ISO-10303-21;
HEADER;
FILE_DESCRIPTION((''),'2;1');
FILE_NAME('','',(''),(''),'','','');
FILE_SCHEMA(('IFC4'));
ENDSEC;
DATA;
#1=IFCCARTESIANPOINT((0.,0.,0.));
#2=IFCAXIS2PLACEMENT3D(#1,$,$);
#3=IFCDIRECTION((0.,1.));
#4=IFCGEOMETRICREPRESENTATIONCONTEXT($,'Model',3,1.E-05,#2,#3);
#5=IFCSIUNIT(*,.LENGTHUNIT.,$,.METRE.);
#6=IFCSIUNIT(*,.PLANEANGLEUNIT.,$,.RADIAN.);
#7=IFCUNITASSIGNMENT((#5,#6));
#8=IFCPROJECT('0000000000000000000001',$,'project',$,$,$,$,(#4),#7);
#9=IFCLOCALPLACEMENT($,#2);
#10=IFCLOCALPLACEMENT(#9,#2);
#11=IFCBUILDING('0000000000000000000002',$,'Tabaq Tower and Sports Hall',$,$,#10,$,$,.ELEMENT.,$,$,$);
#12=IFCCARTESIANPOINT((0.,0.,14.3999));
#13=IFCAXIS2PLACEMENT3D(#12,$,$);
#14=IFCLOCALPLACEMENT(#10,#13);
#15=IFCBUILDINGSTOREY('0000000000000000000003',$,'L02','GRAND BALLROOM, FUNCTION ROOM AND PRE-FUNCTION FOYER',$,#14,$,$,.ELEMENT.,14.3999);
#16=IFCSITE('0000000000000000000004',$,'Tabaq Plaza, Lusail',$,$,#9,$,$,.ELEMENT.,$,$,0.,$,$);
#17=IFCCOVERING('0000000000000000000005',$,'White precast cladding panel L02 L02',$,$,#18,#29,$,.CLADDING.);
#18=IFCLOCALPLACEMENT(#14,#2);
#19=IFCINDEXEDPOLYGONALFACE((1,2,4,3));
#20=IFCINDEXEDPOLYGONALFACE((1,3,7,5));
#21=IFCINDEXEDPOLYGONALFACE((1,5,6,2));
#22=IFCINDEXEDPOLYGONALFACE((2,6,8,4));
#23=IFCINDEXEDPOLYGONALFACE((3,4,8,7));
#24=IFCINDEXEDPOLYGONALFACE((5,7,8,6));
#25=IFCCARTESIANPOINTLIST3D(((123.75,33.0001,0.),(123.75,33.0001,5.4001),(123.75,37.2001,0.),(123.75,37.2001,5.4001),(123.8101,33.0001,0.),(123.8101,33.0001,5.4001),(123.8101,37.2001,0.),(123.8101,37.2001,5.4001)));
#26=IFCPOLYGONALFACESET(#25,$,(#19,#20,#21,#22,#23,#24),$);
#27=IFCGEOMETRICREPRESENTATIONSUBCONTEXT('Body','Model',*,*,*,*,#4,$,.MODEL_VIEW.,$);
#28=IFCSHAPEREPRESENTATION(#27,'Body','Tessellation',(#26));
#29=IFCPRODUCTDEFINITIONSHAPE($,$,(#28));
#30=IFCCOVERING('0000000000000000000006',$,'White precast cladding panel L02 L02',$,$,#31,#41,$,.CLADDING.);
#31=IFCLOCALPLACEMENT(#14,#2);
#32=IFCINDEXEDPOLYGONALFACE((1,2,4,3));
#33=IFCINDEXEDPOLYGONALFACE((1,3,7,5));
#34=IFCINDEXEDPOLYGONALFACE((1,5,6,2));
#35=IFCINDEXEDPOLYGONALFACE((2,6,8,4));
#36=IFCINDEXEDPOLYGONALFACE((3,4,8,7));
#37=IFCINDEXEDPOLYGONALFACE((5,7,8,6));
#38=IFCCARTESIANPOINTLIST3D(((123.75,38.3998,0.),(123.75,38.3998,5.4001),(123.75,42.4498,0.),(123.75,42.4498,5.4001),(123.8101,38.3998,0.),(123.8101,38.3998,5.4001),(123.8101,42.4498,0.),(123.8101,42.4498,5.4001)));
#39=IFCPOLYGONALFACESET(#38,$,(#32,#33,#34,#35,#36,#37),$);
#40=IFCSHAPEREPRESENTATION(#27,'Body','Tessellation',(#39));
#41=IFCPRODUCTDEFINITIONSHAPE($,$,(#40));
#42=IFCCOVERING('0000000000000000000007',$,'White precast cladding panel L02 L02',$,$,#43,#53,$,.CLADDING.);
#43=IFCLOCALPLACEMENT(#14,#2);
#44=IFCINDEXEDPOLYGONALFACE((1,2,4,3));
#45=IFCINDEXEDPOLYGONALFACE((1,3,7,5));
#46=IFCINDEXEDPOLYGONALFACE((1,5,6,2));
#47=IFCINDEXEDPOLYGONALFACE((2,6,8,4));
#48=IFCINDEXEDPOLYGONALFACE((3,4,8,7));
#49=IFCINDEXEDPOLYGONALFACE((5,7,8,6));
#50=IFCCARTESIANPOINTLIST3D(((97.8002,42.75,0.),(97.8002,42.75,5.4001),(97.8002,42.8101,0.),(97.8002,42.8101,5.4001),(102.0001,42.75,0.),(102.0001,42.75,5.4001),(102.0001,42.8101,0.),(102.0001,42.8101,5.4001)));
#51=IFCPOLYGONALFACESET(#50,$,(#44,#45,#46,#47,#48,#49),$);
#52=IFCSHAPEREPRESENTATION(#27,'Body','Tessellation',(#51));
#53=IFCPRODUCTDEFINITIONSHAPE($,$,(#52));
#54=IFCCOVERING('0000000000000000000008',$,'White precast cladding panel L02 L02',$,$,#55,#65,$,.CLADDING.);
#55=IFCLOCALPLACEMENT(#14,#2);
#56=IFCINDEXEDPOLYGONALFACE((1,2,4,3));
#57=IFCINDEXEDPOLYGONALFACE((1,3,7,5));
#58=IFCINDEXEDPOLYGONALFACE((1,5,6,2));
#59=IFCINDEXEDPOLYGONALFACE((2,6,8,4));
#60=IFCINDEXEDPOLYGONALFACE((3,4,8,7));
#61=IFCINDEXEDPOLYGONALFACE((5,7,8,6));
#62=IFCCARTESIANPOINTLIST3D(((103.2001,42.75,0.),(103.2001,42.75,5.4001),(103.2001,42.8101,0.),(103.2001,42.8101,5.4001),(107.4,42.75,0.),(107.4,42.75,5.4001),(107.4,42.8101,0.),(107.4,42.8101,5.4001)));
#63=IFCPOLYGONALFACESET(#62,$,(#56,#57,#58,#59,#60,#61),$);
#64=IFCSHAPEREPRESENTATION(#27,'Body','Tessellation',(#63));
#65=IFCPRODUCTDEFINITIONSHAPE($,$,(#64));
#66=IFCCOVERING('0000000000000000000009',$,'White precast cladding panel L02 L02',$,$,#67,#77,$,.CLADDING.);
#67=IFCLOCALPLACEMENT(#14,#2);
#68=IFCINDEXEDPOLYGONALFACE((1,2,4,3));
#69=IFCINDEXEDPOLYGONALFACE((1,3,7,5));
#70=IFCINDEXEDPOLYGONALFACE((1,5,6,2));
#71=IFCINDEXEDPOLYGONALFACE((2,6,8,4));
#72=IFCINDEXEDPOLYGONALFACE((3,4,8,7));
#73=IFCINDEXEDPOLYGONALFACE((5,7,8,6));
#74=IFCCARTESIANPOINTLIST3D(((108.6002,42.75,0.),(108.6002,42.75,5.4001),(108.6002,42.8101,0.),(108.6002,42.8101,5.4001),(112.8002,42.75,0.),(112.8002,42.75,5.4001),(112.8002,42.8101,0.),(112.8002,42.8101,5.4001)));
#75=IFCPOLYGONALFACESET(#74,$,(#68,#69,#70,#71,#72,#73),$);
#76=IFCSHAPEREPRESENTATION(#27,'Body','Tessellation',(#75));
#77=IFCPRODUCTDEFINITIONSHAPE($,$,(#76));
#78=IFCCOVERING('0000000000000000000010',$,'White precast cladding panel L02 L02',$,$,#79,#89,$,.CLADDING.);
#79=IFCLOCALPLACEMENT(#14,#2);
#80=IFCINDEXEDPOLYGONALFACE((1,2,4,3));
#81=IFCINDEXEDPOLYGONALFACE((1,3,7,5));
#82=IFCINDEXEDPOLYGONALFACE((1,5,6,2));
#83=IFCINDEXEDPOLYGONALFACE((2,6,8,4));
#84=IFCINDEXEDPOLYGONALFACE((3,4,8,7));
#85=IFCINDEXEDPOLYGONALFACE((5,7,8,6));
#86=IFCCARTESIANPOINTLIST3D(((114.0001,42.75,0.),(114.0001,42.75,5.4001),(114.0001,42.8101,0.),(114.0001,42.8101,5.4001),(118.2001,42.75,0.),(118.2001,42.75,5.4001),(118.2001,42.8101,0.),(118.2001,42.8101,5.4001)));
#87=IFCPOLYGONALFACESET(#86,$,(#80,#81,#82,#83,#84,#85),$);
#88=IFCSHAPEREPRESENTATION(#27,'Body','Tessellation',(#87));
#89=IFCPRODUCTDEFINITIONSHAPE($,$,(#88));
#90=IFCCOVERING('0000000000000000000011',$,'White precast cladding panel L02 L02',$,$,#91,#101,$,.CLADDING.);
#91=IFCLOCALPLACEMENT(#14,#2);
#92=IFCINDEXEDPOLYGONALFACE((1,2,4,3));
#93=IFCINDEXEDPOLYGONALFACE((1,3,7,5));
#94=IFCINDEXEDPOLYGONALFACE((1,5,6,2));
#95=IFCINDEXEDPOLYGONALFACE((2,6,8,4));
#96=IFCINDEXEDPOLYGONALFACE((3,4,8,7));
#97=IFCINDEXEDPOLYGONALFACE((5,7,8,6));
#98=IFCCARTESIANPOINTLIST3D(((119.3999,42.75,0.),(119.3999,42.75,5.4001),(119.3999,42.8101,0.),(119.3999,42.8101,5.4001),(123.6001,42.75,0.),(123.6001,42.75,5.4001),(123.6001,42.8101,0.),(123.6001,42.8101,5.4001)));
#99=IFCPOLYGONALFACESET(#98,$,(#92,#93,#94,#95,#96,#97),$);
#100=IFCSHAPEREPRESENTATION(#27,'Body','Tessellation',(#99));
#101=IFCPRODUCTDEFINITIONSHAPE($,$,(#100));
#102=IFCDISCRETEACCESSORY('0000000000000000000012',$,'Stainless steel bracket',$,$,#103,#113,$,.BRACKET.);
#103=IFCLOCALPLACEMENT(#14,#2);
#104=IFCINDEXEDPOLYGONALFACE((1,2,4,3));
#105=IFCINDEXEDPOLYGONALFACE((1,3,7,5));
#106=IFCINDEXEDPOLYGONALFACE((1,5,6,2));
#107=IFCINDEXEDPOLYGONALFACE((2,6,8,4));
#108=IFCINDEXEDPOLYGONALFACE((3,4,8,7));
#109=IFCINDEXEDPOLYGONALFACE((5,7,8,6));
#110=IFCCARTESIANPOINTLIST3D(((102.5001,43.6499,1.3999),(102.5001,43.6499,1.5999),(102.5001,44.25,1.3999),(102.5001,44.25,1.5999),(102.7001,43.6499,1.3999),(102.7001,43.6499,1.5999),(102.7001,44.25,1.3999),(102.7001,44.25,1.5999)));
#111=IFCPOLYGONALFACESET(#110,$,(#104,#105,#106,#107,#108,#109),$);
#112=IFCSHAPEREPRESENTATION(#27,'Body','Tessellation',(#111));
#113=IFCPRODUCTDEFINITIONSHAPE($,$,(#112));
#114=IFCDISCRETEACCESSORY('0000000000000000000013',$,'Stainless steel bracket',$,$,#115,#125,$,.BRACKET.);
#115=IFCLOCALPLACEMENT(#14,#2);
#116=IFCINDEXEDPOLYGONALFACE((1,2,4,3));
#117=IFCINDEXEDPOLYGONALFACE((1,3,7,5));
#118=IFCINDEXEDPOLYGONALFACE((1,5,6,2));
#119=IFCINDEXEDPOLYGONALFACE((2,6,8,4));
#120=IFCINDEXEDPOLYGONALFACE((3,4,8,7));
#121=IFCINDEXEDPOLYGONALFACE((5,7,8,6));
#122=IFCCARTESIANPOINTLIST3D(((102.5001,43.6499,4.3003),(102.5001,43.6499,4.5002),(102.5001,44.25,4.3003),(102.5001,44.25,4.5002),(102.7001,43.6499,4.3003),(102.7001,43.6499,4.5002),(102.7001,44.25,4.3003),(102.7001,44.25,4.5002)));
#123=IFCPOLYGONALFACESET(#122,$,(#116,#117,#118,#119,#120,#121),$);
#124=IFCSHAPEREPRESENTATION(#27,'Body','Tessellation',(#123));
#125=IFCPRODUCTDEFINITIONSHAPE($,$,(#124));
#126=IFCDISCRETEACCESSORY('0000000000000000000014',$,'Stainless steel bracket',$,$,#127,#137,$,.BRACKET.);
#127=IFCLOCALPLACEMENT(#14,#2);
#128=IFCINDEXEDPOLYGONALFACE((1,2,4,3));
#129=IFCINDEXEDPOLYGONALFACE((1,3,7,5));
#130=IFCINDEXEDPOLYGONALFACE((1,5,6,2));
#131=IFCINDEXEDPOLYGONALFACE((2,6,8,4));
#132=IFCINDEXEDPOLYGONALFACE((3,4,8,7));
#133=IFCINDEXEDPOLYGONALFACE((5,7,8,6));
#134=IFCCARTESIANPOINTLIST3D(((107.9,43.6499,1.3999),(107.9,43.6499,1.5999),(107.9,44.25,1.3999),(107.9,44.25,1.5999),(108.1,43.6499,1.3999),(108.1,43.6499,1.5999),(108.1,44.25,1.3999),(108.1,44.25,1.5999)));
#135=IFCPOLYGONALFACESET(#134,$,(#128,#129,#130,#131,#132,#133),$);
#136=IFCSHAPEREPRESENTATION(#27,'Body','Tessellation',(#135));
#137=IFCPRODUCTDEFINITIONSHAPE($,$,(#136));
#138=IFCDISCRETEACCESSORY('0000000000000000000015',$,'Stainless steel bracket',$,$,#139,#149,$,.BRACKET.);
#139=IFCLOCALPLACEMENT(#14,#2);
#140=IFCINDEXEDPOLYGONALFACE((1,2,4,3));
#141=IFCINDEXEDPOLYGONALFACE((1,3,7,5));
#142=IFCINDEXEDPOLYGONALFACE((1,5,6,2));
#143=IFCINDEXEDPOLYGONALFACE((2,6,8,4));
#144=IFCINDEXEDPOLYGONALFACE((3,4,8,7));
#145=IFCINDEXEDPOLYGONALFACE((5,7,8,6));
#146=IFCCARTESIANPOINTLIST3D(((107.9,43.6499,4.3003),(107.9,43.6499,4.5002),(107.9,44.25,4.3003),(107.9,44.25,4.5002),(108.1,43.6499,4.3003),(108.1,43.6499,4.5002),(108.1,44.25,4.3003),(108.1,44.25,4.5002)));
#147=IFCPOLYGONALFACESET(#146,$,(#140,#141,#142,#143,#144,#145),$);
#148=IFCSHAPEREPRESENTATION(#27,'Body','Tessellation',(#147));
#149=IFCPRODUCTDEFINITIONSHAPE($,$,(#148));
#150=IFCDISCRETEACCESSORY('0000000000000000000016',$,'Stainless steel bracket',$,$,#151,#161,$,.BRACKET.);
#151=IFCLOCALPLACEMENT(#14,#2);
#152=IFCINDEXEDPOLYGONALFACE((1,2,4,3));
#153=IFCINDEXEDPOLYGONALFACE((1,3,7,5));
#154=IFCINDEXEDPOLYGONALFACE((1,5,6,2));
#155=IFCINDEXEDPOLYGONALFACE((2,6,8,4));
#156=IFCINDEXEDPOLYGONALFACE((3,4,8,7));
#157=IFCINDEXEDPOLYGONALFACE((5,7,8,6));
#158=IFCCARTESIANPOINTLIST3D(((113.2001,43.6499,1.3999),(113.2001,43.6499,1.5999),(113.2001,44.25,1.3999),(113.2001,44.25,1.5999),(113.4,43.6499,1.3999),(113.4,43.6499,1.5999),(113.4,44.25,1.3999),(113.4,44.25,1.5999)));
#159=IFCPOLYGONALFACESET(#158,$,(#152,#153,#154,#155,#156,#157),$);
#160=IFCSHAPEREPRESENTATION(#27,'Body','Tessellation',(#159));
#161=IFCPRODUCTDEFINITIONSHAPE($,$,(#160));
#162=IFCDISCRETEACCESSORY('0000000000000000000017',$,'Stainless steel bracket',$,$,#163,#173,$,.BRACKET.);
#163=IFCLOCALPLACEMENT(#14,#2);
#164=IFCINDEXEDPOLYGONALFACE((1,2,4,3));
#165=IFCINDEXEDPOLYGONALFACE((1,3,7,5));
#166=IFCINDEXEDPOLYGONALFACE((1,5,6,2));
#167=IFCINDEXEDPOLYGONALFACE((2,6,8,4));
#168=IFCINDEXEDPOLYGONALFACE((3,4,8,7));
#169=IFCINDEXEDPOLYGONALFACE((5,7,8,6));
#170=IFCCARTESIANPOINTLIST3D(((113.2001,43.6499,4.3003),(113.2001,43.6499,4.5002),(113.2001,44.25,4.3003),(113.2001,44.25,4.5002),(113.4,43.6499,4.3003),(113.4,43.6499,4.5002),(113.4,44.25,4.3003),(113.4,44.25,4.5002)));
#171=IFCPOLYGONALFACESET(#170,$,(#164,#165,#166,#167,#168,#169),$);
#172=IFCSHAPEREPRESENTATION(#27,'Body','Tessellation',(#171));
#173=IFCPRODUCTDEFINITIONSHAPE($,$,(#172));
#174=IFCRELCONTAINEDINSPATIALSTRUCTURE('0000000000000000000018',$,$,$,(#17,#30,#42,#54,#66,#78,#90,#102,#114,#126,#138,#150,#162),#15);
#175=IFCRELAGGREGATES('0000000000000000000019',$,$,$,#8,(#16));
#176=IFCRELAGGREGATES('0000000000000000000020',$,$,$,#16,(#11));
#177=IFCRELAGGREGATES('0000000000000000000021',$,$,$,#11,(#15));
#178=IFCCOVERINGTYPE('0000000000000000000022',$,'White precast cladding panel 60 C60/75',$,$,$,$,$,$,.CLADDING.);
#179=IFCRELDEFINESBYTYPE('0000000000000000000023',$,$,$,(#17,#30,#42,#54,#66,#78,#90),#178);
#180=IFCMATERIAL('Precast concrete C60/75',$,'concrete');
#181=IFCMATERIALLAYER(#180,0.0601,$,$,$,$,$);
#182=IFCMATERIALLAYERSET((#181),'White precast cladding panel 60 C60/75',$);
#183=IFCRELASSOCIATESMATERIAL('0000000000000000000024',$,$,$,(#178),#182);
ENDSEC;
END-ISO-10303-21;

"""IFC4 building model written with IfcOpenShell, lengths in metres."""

from ifc_helpers import new_model, si_unit, direction, frame, frame_2d, origin, origin_2d, place, context, subcontext, project, spatial, rectangle, extrude, material, layer, layer_set, type_object, element, save


model = new_model("IFC4")

# Units and contexts
model_context = context("Model", 3, precision=1e-05, world=origin(), true_north=direction((0.0, 1.0)))
body_context = subcontext(model_context, "Body", "Model", "MODEL_VIEW")
ifc_project = project(units=[si_unit("LENGTHUNIT", "METRE"), si_unit("PLANEANGLEUNIT", "RADIAN")], contexts=[model_context])

# Site, building, storey
site_placement = place(None, origin())
site = spatial("IfcSite", under=ifc_project, at=site_placement, Name="Tabaq Plaza, Lusail", CompositionType="ELEMENT", RefElevation=0.0)
building_placement = place(site_placement, origin())
building = spatial("IfcBuilding", under=site, at=building_placement, Name="Tabaq Tower and Sports Hall", CompositionType="ELEMENT")
storey_placement = place(building_placement, frame((0.0, 0.0, 14.3999)))
storey = spatial("IfcBuildingStorey", under=building, at=storey_placement, Name="L02", Description="GRAND BALLROOM, FUNCTION ROOM AND PRE-FUNCTION FOYER", CompositionType="ELEMENT", Elevation=14.3999)

# Coverings
ifc_material_1 = material(Name="Precast concrete C60/75", Category="concrete")
ifc_layer_1 = layer(ifc_material_1, 0.0601)
ifc_layer_set_1 = layer_set([ifc_layer_1], Name="White precast cladding panel 60 C60/75")
covering_type = type_object("IfcCoveringType", Name="White precast cladding panel 60 C60/75", PredefinedType="CLADDING", material=ifc_layer_set_1)
covering_1_placement = place(storey_placement, frame((123.78, 33.0, 0.0), z_axis=(0.0, 0.0, 1.0), x_axis=(0.0, 1.0, 0.0)))
element("IfcCovering", 1, at=covering_1_placement, inside=storey, type_object=covering_type, Name="White precast cladding panel L02 L02", PredefinedType="CLADDING", context=body_context, shape_type="SweptSolid", body=[
    extrude(rectangle(XDim=4.2, YDim=0.0601, at=frame_2d((2.1001, 0.0))), origin(), (0.0, 0.0, 1.0), 5.4001),
])
covering_2_placement = place(storey_placement, frame((123.78, 38.3999, 0.0), z_axis=(0.0, 0.0, 1.0), x_axis=(0.0, 1.0, 0.0)))
element("IfcCovering", 2, at=covering_2_placement, inside=storey, type_object=covering_type, Name="White precast cladding panel L02 L02", PredefinedType="CLADDING", context=body_context, shape_type="SweptSolid", body=[
    extrude(rectangle(XDim=4.05, YDim=0.0601, at=frame_2d((2.0249, 0.0))), origin(), (0.0, 0.0, 1.0), 5.4001),
])
for number, where, z_axis, x_axis, name in (
    (3, (97.8, 42.78, 0.0), (0.0, 0.0, 1.0), (1.0, 0.0, 0.0), "White precast cladding panel L02 L02"),
    (4, (103.2, 42.78, 0.0), (0.0, 0.0, 1.0), (1.0, 0.0, 0.0), "White precast cladding panel L02 L02"),
    (5, (108.6001, 42.78, 0.0), (0.0, 0.0, 1.0), (1.0, 0.0, 0.0), "White precast cladding panel L02 L02"),
    (6, (114.0, 42.78, 0.0), (0.0, 0.0, 1.0), (1.0, 0.0, 0.0), "White precast cladding panel L02 L02"),
):
    element("IfcCovering", number, at=place(storey_placement, frame(where, z_axis=z_axis, x_axis=x_axis)), inside=storey, type_object=covering_type, Name=name, PredefinedType="CLADDING", context=body_context, shape_type="SweptSolid", body=[
        extrude(rectangle(XDim=4.2, YDim=0.0601, at=frame_2d((2.1001, 0.0))), origin(), (0.0, 0.0, 1.0), 5.4001),
    ])
covering_3_placement = place(storey_placement, frame((119.3999, 42.78, 0.0), z_axis=(0.0, 0.0, 1.0), x_axis=(1.0, 0.0, 0.0)))
element("IfcCovering", 7, at=covering_3_placement, inside=storey, type_object=covering_type, Name="White precast cladding panel L02 L02", PredefinedType="CLADDING", context=body_context, shape_type="SweptSolid", body=[
    extrude(rectangle(XDim=4.2002, YDim=0.0601, at=frame_2d((2.1001, 0.0))), origin(), (0.0, 0.0, 1.0), 5.4001),
])

# Discrete accessories
for number, where, z_axis, x_axis, name in (
    (8, (102.6001, 43.95, 1.3999), (0.0, 0.0, 1.0), (1.0, 0.0, 0.0), "Stainless steel bracket"),
    (9, (102.6001, 43.95, 4.3003), (0.0, 0.0, 1.0), (1.0, 0.0, 0.0), "Stainless steel bracket"),
    (10, (108.0, 43.95, 1.3999), (0.0, 0.0, 1.0), (1.0, 0.0, 0.0), "Stainless steel bracket"),
    (11, (108.0, 43.95, 4.3003), (0.0, 0.0, 1.0), (1.0, 0.0, 0.0), "Stainless steel bracket"),
    (12, (113.3, 43.95, 1.3999), (0.0, 0.0, 1.0), (1.0, 0.0, 0.0), "Stainless steel bracket"),
    (13, (113.3, 43.95, 4.3003), (0.0, 0.0, 1.0), (1.0, 0.0, 0.0), "Stainless steel bracket"),
):
    element("IfcDiscreteAccessory", number, at=place(storey_placement, frame(where, z_axis=z_axis, x_axis=x_axis)), inside=storey, Name=name, PredefinedType="BRACKET", context=body_context, shape_type="SweptSolid", body=[
        extrude(rectangle(XDim=0.2, YDim=0.6001, at=origin_2d()), origin(), (0.0, 0.0, 1.0), 0.2),
    ])

save(model, "model.ifc")
